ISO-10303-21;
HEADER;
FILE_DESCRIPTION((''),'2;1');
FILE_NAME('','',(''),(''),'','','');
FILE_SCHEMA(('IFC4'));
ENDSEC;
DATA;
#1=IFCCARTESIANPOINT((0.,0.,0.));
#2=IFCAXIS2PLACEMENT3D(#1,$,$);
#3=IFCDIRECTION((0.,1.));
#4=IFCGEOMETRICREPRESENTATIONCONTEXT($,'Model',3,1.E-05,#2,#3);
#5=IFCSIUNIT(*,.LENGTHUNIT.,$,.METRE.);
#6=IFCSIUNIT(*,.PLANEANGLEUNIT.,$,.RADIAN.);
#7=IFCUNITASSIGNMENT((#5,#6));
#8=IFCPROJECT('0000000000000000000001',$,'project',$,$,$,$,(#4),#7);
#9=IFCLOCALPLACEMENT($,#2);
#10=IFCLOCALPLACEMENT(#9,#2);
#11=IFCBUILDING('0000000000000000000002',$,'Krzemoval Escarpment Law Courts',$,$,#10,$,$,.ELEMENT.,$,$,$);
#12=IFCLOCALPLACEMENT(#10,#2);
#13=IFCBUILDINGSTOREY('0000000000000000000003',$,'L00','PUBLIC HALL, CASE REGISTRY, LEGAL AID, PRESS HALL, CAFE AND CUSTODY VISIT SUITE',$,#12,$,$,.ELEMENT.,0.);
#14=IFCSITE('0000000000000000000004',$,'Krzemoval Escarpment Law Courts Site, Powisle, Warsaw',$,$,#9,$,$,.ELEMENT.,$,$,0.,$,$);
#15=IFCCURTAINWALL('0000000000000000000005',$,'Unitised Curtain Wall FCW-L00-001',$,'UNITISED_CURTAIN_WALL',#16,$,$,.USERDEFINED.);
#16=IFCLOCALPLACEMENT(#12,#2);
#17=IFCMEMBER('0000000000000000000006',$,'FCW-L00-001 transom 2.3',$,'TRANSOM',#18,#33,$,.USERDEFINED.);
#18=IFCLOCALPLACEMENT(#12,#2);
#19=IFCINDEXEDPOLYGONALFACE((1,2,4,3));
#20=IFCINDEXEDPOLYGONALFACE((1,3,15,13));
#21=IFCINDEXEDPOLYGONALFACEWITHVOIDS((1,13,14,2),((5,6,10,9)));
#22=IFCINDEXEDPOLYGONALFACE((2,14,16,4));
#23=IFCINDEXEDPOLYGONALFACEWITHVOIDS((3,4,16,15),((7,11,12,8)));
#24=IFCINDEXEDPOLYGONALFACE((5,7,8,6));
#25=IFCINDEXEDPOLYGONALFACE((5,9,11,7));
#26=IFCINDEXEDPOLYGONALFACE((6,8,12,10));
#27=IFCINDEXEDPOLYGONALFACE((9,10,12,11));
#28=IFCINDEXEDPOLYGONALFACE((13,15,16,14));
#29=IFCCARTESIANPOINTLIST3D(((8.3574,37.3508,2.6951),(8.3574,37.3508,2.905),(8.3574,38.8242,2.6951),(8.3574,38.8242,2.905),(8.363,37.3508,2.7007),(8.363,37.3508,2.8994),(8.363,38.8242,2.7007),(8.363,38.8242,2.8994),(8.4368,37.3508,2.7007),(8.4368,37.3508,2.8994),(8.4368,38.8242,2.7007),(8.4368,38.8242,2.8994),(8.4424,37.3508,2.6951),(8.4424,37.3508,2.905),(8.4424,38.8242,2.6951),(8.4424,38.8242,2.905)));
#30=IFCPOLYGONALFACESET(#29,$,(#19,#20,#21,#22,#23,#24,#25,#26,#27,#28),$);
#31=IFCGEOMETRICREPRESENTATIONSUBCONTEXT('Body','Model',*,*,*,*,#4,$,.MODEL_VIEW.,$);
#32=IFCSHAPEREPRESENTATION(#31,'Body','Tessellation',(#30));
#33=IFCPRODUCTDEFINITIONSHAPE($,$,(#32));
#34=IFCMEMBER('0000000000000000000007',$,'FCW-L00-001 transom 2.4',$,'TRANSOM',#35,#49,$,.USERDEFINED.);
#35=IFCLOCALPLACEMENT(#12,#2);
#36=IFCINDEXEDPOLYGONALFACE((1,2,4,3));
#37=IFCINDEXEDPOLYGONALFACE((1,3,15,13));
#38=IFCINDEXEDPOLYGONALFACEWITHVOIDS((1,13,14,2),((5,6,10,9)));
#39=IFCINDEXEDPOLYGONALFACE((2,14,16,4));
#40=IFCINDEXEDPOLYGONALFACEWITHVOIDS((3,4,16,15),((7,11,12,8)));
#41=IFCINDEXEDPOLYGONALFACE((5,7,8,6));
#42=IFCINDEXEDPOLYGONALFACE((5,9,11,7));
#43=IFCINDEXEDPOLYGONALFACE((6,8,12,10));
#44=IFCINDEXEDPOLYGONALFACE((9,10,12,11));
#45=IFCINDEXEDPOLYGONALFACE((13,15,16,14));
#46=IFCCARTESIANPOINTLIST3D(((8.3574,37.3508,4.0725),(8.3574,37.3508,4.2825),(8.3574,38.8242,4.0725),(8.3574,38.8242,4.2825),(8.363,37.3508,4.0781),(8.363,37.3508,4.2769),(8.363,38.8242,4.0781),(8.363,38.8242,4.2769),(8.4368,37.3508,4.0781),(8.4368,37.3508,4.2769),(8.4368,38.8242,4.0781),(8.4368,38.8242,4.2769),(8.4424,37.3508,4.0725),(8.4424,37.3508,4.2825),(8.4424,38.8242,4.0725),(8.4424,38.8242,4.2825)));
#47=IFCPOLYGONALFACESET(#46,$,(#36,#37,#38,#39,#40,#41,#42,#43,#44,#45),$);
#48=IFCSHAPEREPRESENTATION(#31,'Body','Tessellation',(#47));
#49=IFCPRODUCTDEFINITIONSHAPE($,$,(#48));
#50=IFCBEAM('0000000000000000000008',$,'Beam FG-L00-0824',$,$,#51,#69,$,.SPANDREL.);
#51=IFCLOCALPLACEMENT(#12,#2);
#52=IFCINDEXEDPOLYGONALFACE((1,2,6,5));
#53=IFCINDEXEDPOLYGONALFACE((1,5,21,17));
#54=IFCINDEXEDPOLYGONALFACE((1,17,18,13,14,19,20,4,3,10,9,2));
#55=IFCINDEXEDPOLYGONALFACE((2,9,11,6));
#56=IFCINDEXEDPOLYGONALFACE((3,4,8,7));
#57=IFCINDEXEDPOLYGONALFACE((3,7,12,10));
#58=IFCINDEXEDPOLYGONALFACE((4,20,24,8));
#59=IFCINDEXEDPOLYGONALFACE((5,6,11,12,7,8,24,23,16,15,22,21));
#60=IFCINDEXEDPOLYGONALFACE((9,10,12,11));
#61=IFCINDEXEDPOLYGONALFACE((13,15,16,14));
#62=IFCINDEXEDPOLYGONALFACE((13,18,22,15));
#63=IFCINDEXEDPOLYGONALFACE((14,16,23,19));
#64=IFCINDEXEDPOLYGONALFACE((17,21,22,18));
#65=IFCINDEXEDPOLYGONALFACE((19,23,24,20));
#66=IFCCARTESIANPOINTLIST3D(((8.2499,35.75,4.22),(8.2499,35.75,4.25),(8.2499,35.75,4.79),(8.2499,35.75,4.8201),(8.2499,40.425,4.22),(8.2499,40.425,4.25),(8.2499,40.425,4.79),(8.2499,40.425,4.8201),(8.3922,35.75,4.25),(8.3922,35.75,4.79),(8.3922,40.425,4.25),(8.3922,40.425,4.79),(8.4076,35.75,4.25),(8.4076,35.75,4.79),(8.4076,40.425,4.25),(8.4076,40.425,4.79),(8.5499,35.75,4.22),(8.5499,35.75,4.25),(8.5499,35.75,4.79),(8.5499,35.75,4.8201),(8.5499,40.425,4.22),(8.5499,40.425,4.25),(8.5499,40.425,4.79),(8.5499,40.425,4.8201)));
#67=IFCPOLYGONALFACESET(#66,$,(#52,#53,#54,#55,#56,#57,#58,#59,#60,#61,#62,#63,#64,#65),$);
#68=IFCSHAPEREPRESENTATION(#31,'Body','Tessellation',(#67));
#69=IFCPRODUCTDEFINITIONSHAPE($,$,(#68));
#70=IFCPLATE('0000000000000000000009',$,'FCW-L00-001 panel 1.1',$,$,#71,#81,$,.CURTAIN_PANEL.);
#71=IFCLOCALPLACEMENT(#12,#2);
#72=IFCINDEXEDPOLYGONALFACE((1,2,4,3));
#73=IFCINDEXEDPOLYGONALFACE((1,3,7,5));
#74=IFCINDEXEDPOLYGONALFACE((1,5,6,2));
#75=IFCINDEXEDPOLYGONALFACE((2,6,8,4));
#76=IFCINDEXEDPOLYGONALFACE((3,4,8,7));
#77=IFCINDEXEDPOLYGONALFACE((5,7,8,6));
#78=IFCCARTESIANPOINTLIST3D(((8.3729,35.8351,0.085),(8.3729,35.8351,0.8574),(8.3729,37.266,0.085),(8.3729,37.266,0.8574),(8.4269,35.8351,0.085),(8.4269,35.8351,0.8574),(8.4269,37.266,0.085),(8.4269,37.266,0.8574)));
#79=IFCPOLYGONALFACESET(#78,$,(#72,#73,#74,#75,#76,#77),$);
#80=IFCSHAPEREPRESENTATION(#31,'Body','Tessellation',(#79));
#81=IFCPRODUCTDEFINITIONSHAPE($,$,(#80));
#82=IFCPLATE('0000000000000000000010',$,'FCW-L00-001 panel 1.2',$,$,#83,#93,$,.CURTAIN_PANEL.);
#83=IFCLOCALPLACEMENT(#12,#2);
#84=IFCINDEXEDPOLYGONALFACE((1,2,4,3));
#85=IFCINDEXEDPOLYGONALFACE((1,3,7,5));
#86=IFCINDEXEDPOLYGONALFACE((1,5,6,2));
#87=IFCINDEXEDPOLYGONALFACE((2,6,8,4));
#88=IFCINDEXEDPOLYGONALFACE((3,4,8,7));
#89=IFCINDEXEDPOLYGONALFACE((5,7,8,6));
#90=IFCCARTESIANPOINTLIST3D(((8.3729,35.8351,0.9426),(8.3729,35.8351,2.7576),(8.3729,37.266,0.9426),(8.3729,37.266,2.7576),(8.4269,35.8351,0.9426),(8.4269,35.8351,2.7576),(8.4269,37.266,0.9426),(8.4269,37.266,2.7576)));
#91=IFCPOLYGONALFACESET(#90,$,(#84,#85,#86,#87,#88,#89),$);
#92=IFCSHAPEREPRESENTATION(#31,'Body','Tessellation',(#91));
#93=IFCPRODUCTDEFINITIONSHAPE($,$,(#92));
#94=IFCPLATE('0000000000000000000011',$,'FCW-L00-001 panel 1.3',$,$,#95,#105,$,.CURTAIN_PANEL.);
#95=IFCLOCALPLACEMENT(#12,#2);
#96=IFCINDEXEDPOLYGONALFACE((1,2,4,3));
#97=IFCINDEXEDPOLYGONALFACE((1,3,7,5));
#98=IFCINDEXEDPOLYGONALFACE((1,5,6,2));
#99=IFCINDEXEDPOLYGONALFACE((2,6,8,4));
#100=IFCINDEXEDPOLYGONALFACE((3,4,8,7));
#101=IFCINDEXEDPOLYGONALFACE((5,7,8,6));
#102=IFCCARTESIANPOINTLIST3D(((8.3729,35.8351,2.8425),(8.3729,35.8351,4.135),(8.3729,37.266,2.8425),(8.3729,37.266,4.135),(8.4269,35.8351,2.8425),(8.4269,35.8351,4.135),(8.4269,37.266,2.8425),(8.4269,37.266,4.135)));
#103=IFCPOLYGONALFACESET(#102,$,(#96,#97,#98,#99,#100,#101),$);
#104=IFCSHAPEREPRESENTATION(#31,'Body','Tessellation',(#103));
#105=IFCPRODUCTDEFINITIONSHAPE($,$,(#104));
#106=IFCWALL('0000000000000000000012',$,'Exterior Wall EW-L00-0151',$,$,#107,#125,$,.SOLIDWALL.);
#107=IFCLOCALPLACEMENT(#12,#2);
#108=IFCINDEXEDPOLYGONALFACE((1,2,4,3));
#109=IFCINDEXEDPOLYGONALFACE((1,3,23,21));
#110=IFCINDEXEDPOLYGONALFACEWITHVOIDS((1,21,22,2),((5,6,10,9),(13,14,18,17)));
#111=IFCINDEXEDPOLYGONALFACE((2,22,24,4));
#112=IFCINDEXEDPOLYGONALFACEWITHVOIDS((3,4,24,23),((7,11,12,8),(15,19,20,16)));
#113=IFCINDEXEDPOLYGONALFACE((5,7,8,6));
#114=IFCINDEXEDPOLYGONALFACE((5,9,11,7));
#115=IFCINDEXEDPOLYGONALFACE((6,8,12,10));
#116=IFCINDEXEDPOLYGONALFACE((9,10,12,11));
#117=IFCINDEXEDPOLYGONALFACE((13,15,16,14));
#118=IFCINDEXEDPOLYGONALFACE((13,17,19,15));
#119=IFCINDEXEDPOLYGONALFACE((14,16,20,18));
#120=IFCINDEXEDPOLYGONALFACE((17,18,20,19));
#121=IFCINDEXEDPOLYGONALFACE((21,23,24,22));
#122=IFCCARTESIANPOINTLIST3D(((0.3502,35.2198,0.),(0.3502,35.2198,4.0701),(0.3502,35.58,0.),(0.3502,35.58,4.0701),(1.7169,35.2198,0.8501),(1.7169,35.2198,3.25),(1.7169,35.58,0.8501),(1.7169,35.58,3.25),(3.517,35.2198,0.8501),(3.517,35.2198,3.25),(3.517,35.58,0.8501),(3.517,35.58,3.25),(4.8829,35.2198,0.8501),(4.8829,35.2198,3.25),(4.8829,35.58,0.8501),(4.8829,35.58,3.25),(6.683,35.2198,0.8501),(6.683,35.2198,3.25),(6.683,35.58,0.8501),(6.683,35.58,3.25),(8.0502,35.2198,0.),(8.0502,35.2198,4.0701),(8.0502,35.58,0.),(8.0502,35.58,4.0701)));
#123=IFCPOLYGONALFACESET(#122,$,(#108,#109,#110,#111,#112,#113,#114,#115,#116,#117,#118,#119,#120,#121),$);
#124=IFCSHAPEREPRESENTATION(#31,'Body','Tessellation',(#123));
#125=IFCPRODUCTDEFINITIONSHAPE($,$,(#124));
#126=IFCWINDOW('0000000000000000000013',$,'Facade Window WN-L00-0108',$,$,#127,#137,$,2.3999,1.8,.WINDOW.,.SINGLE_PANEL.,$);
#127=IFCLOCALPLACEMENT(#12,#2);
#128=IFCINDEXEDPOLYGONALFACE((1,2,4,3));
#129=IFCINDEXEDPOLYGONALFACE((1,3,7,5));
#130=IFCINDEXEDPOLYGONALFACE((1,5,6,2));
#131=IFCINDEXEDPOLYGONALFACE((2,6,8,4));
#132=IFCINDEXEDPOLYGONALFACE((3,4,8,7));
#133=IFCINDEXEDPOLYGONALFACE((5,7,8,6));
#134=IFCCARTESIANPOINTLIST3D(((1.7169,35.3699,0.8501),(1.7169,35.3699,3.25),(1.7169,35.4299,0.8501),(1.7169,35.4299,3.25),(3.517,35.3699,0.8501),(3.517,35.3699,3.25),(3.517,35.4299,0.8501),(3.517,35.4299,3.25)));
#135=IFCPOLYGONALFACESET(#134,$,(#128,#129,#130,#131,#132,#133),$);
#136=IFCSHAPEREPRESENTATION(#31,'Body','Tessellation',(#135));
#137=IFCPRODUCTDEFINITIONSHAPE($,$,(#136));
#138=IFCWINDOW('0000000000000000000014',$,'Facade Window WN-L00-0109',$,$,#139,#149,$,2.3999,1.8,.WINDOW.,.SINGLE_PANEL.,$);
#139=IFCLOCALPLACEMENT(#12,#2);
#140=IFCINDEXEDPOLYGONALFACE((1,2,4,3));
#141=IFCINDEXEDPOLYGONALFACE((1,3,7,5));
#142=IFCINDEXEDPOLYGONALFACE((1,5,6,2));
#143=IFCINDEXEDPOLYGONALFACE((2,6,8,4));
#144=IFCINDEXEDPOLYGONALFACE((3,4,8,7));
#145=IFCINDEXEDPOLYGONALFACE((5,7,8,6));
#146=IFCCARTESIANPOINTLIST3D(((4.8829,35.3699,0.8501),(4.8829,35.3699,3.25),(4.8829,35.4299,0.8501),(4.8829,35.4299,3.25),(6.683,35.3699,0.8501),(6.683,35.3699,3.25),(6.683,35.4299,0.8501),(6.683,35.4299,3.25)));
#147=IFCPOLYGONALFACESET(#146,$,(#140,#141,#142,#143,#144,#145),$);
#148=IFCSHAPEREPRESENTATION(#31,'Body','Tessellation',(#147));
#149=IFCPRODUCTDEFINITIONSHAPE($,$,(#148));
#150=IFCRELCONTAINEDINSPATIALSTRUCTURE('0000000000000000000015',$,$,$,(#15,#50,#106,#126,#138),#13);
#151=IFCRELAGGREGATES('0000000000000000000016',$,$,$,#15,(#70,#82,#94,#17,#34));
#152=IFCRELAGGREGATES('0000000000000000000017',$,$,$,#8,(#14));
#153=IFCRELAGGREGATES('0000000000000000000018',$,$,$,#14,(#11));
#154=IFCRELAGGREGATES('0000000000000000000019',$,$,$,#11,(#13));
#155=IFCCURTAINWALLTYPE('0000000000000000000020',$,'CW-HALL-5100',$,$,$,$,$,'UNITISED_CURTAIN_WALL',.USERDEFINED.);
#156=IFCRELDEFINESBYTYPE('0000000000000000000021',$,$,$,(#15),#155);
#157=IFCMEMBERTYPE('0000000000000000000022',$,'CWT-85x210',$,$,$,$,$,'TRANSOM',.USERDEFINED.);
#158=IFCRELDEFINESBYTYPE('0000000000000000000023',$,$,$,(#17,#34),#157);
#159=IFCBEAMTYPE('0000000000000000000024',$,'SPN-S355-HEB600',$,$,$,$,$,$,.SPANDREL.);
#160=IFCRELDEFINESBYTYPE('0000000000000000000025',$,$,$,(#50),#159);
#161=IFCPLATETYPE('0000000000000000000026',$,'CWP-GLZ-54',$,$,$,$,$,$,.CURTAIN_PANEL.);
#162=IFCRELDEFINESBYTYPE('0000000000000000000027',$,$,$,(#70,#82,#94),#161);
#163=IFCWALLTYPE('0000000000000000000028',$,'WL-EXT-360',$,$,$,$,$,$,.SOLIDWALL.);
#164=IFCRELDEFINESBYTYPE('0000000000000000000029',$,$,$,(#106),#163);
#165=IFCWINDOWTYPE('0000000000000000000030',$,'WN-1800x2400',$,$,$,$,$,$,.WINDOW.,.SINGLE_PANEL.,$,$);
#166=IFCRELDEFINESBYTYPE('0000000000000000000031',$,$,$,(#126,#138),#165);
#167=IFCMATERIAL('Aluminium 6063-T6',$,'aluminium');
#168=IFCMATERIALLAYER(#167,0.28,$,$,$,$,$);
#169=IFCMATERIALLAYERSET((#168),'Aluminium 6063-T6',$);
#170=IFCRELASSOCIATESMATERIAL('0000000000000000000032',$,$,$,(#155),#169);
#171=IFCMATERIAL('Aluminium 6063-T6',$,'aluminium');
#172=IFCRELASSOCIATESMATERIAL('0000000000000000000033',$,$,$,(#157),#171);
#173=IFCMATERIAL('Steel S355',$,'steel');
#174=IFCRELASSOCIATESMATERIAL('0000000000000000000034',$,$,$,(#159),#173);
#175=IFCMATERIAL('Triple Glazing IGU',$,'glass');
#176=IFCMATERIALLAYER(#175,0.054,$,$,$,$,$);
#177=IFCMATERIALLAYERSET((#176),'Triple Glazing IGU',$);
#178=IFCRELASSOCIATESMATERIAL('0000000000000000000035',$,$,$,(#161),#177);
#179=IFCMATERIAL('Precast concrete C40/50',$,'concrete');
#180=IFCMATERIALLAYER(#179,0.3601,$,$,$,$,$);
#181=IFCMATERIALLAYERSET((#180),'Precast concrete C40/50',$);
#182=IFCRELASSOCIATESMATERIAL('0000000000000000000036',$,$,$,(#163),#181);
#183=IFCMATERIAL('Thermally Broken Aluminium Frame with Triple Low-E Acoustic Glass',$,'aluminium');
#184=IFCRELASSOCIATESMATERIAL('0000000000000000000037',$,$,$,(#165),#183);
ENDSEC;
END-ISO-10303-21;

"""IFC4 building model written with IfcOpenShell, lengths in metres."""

from ifc_helpers import new_model, si_unit, direction, frame, frame_2d, origin, origin_2d, place, context, subcontext, project, spatial, rectangle, hollow_rectangle, i_section, extrude, material, layer, layer_set, material_profile, profile_set, type_object, element, fill, aggregate, save


model = new_model("IFC4")

# Units and contexts
model_context = context("Model", 3, precision=1e-05, world=origin(), true_north=direction((0.0, 1.0)))
body_context = subcontext(model_context, "Body", "Model", "MODEL_VIEW")
ifc_project = project(units=[si_unit("LENGTHUNIT", "METRE"), si_unit("PLANEANGLEUNIT", "RADIAN")], contexts=[model_context])

# Site, building, storey
site_placement = place(None, origin())
site = spatial("IfcSite", under=ifc_project, at=site_placement, Name="Krzemoval Escarpment Law Courts Site, Powisle, Warsaw", CompositionType="ELEMENT", RefElevation=0.0)
building_placement = place(site_placement, origin())
building = spatial("IfcBuilding", under=site, at=building_placement, Name="Krzemoval Escarpment Law Courts", CompositionType="ELEMENT")
storey_placement = place(building_placement, origin())
storey = spatial("IfcBuildingStorey", under=building, at=storey_placement, Name="L00", Description="PUBLIC HALL, CASE REGISTRY, LEGAL AID, PRESS HALL, CAFE AND CUSTODY VISIT SUITE", CompositionType="ELEMENT", Elevation=0.0)

# Curtain wall, members
ifc_material_1 = material(Name="Aluminium 6063-T6", Category="aluminium")
ifc_layer_1 = layer(ifc_material_1, 0.28)
ifc_layer_set_1 = layer_set([ifc_layer_1], Name="Aluminium 6063-T6")
curtain_wall_type = type_object("IfcCurtainWallType", Name="CW-HALL-5100", ElementType="UNITISED_CURTAIN_WALL", PredefinedType="USERDEFINED", material=ifc_layer_set_1)
curtain_wall_placement = place(storey_placement, origin())
curtain_wall = element("IfcCurtainWall", 1, at=curtain_wall_placement, inside=storey, type_object=curtain_wall_type, Name="Unitised Curtain Wall FCW-L00-001", ObjectType="UNITISED_CURTAIN_WALL", PredefinedType="USERDEFINED")
ifc_material_2 = material(Name="Aluminium 6063-T6", Category="aluminium")
ifc_material_profile_1 = material_profile(ifc_material_2, hollow_rectangle(XDim=0.085, YDim=0.21, WallThickness=0.0056, at=origin_2d()), Name="ALU T85x210")
ifc_profile_set_1 = profile_set([ifc_material_profile_1], Name="Aluminium 6063-T6")
member_type_1 = type_object("IfcMemberType", Name="CWT-85x210", ElementType="TRANSOM", PredefinedType="USERDEFINED", material=ifc_profile_set_1)
member_1_placement = place(storey_placement, frame((8.3999, 37.3508, 2.8), z_axis=(0.0, 1.0, 0.0), x_axis=(-1.0, 0.0, 0.0)))
member_1 = element("IfcMember", 2, at=member_1_placement, type_object=member_type_1, Name="FCW-L00-001 transom 2.3", ObjectType="TRANSOM", PredefinedType="USERDEFINED", context=body_context, shape_type="SweptSolid", body=[
    extrude(hollow_rectangle(XDim=0.085, YDim=0.21, WallThickness=0.0056, at=origin_2d()), origin(), (0.0, 0.0, 1.0), 1.4734),
])
member_2_placement = place(storey_placement, frame((8.3999, 37.3508, 4.1775), z_axis=(0.0, 1.0, 0.0), x_axis=(-1.0, 0.0, 0.0)))
member_2 = element("IfcMember", 3, at=member_2_placement, type_object=member_type_1, Name="FCW-L00-001 transom 2.4", ObjectType="TRANSOM", PredefinedType="USERDEFINED", context=body_context, shape_type="SweptSolid", body=[
    extrude(hollow_rectangle(XDim=0.085, YDim=0.21, WallThickness=0.0056, at=origin_2d()), origin(), (0.0, 0.0, 1.0), 1.4734),
])

# Beam
ifc_material_3 = material(Name="Steel S355", Category="steel")
ifc_material_profile_2 = material_profile(ifc_material_3, i_section(OverallWidth=0.3, OverallDepth=0.6001, WebThickness=0.0154, FlangeThickness=0.03, at=origin_2d()), Name="HEB 600")
ifc_profile_set_2 = profile_set([ifc_material_profile_2], Name="Steel S355")
beam_type_1 = type_object("IfcBeamType", Name="SPN-S355-HEB600", PredefinedType="SPANDREL", material=ifc_profile_set_2)
beam_1_placement = place(storey_placement, frame((8.3999, 35.75, 4.52), z_axis=(0.0, 1.0, 0.0), x_axis=(-1.0, 0.0, 0.0)))
element("IfcBeam", 4, at=beam_1_placement, inside=storey, type_object=beam_type_1, Name="Beam FG-L00-0824", PredefinedType="SPANDREL", context=body_context, shape_type="SweptSolid", body=[
    extrude(i_section(OverallWidth=0.3, OverallDepth=0.6001, WebThickness=0.0154, FlangeThickness=0.03, at=origin_2d()), origin(), (0.0, 0.0, 1.0), 4.675),
])

# Plates
ifc_material_4 = material(Name="Triple Glazing IGU", Category="glass")
ifc_layer_2 = layer(ifc_material_4, 0.054)
ifc_layer_set_2 = layer_set([ifc_layer_2], Name="Triple Glazing IGU")
plate_type = type_object("IfcPlateType", Name="CWP-GLZ-54", PredefinedType="CURTAIN_PANEL", material=ifc_layer_set_2)
plate_1_placement = place(storey_placement, frame((8.3999, 36.5505, 0.085), z_axis=(0.0, 0.0, 1.0), x_axis=(0.0, 1.0, 0.0)))
plate_1 = element("IfcPlate", 5, at=plate_1_placement, type_object=plate_type, Name="FCW-L00-001 panel 1.1", PredefinedType="CURTAIN_PANEL", context=body_context, shape_type="SweptSolid", body=[
    extrude(rectangle(XDim=1.4309, YDim=0.054, at=origin_2d()), origin(), (0.0, 0.0, 1.0), 0.7725),
])
plate_2_placement = place(storey_placement, frame((8.3999, 36.5505, 0.9426), z_axis=(0.0, 0.0, 1.0), x_axis=(0.0, 1.0, 0.0)))
plate_2 = element("IfcPlate", 6, at=plate_2_placement, type_object=plate_type, Name="FCW-L00-001 panel 1.2", PredefinedType="CURTAIN_PANEL", context=body_context, shape_type="SweptSolid", body=[
    extrude(rectangle(XDim=1.4309, YDim=0.054, at=origin_2d()), origin(), (0.0, 0.0, 1.0), 1.8149),
])
plate_3_placement = place(storey_placement, frame((8.3999, 36.5505, 2.8425), z_axis=(0.0, 0.0, 1.0), x_axis=(0.0, 1.0, 0.0)))
plate_3 = element("IfcPlate", 7, at=plate_3_placement, type_object=plate_type, Name="FCW-L00-001 panel 1.3", PredefinedType="CURTAIN_PANEL", context=body_context, shape_type="SweptSolid", body=[
    extrude(rectangle(XDim=1.4309, YDim=0.054, at=origin_2d()), origin(), (0.0, 0.0, 1.0), 1.2925),
])
aggregate(curtain_wall, [plate_1, plate_2, plate_3, member_1, member_2])

# Wall, openings, windows
ifc_material_5 = material(Name="Precast concrete C40/50", Category="concrete")
ifc_layer_3 = layer(ifc_material_5, 0.3601)
ifc_layer_set_3 = layer_set([ifc_layer_3], Name="Precast concrete C40/50")
wall_type = type_object("IfcWallType", Name="WL-EXT-360", PredefinedType="SOLIDWALL", material=ifc_layer_set_3)
wall_placement = place(storey_placement, frame((0.3501, 35.3999, 0.0), z_axis=(0.0, 0.0, 1.0), x_axis=(1.0, 0.0, 0.0)))
wall = element("IfcWall", 8, at=wall_placement, inside=storey, type_object=wall_type, Name="Exterior Wall EW-L00-0151", PredefinedType="SOLIDWALL", context=body_context, shape_type="SweptSolid", body=[
    extrude(rectangle(XDim=7.7, YDim=0.3601, at=frame_2d((3.8501, 0.0))), origin(), (0.0, 0.0, 1.0), 4.0701),
])
opening_1_placement = place(wall_placement, frame((1.3669, 0.0, 0.8501)))
opening_1 = element("IfcOpeningElement", 9, at=opening_1_placement, cuts=wall, PredefinedType="OPENING", context=body_context, shape_type="SweptSolid", body=[
    extrude(rectangle(XDim=1.8, YDim=2.3999, at=frame_2d((0.8999, 1.2))), frame((0.0, 0.1951, 0.0), z_axis=(0.0, -1.0, 0.0), x_axis=(1.0, 0.0, 0.0)), (0.0, 0.0, 1.0), 0.3901),
])
opening_2_placement = place(wall_placement, frame((4.533, 0.0, 0.8501)))
opening_2 = element("IfcOpeningElement", 10, at=opening_2_placement, cuts=wall, PredefinedType="OPENING", context=body_context, shape_type="SweptSolid", body=[
    extrude(rectangle(XDim=1.8, YDim=2.3999, at=frame_2d((0.8999, 1.2))), frame((0.0, 0.1951, 0.0), z_axis=(0.0, -1.0, 0.0), x_axis=(1.0, 0.0, 0.0)), (0.0, 0.0, 1.0), 0.3901),
])
ifc_material_6 = material(Name="Thermally Broken Aluminium Frame with Triple Low-E Acoustic Glass", Category="aluminium")
window_type = type_object("IfcWindowType", Name="WN-1800x2400", PartitioningType="SINGLE_PANEL", PredefinedType="WINDOW", material=ifc_material_6)
window_1_placement = place(opening_1_placement, origin())
window_1 = element("IfcWindow", 11, at=window_1_placement, inside=storey, type_object=window_type, Name="Facade Window WN-L00-0108", OverallHeight=2.3999, OverallWidth=1.8, PartitioningType="SINGLE_PANEL", PredefinedType="WINDOW", context=body_context, shape_type="SweptSolid", body=[
    extrude(rectangle(XDim=1.8, YDim=2.3999, at=frame_2d((0.8999, 1.2))), frame((0.0, 0.03, 0.0), z_axis=(0.0, -1.0, 0.0), x_axis=(1.0, 0.0, 0.0)), (0.0, 0.0, 1.0), 0.0601),
])
fill(opening_1, window_1)
window_2_placement = place(opening_2_placement, origin())
window_2 = element("IfcWindow", 12, at=window_2_placement, inside=storey, type_object=window_type, Name="Facade Window WN-L00-0109", OverallHeight=2.3999, OverallWidth=1.8, PartitioningType="SINGLE_PANEL", PredefinedType="WINDOW", context=body_context, shape_type="SweptSolid", body=[
    extrude(rectangle(XDim=1.8, YDim=2.3999, at=frame_2d((0.8999, 1.2))), frame((0.0, 0.03, 0.0), z_axis=(0.0, -1.0, 0.0), x_axis=(1.0, 0.0, 0.0)), (0.0, 0.0, 1.0), 0.0601),
])
fill(opening_2, window_2)

save(model, "model.ifc")
